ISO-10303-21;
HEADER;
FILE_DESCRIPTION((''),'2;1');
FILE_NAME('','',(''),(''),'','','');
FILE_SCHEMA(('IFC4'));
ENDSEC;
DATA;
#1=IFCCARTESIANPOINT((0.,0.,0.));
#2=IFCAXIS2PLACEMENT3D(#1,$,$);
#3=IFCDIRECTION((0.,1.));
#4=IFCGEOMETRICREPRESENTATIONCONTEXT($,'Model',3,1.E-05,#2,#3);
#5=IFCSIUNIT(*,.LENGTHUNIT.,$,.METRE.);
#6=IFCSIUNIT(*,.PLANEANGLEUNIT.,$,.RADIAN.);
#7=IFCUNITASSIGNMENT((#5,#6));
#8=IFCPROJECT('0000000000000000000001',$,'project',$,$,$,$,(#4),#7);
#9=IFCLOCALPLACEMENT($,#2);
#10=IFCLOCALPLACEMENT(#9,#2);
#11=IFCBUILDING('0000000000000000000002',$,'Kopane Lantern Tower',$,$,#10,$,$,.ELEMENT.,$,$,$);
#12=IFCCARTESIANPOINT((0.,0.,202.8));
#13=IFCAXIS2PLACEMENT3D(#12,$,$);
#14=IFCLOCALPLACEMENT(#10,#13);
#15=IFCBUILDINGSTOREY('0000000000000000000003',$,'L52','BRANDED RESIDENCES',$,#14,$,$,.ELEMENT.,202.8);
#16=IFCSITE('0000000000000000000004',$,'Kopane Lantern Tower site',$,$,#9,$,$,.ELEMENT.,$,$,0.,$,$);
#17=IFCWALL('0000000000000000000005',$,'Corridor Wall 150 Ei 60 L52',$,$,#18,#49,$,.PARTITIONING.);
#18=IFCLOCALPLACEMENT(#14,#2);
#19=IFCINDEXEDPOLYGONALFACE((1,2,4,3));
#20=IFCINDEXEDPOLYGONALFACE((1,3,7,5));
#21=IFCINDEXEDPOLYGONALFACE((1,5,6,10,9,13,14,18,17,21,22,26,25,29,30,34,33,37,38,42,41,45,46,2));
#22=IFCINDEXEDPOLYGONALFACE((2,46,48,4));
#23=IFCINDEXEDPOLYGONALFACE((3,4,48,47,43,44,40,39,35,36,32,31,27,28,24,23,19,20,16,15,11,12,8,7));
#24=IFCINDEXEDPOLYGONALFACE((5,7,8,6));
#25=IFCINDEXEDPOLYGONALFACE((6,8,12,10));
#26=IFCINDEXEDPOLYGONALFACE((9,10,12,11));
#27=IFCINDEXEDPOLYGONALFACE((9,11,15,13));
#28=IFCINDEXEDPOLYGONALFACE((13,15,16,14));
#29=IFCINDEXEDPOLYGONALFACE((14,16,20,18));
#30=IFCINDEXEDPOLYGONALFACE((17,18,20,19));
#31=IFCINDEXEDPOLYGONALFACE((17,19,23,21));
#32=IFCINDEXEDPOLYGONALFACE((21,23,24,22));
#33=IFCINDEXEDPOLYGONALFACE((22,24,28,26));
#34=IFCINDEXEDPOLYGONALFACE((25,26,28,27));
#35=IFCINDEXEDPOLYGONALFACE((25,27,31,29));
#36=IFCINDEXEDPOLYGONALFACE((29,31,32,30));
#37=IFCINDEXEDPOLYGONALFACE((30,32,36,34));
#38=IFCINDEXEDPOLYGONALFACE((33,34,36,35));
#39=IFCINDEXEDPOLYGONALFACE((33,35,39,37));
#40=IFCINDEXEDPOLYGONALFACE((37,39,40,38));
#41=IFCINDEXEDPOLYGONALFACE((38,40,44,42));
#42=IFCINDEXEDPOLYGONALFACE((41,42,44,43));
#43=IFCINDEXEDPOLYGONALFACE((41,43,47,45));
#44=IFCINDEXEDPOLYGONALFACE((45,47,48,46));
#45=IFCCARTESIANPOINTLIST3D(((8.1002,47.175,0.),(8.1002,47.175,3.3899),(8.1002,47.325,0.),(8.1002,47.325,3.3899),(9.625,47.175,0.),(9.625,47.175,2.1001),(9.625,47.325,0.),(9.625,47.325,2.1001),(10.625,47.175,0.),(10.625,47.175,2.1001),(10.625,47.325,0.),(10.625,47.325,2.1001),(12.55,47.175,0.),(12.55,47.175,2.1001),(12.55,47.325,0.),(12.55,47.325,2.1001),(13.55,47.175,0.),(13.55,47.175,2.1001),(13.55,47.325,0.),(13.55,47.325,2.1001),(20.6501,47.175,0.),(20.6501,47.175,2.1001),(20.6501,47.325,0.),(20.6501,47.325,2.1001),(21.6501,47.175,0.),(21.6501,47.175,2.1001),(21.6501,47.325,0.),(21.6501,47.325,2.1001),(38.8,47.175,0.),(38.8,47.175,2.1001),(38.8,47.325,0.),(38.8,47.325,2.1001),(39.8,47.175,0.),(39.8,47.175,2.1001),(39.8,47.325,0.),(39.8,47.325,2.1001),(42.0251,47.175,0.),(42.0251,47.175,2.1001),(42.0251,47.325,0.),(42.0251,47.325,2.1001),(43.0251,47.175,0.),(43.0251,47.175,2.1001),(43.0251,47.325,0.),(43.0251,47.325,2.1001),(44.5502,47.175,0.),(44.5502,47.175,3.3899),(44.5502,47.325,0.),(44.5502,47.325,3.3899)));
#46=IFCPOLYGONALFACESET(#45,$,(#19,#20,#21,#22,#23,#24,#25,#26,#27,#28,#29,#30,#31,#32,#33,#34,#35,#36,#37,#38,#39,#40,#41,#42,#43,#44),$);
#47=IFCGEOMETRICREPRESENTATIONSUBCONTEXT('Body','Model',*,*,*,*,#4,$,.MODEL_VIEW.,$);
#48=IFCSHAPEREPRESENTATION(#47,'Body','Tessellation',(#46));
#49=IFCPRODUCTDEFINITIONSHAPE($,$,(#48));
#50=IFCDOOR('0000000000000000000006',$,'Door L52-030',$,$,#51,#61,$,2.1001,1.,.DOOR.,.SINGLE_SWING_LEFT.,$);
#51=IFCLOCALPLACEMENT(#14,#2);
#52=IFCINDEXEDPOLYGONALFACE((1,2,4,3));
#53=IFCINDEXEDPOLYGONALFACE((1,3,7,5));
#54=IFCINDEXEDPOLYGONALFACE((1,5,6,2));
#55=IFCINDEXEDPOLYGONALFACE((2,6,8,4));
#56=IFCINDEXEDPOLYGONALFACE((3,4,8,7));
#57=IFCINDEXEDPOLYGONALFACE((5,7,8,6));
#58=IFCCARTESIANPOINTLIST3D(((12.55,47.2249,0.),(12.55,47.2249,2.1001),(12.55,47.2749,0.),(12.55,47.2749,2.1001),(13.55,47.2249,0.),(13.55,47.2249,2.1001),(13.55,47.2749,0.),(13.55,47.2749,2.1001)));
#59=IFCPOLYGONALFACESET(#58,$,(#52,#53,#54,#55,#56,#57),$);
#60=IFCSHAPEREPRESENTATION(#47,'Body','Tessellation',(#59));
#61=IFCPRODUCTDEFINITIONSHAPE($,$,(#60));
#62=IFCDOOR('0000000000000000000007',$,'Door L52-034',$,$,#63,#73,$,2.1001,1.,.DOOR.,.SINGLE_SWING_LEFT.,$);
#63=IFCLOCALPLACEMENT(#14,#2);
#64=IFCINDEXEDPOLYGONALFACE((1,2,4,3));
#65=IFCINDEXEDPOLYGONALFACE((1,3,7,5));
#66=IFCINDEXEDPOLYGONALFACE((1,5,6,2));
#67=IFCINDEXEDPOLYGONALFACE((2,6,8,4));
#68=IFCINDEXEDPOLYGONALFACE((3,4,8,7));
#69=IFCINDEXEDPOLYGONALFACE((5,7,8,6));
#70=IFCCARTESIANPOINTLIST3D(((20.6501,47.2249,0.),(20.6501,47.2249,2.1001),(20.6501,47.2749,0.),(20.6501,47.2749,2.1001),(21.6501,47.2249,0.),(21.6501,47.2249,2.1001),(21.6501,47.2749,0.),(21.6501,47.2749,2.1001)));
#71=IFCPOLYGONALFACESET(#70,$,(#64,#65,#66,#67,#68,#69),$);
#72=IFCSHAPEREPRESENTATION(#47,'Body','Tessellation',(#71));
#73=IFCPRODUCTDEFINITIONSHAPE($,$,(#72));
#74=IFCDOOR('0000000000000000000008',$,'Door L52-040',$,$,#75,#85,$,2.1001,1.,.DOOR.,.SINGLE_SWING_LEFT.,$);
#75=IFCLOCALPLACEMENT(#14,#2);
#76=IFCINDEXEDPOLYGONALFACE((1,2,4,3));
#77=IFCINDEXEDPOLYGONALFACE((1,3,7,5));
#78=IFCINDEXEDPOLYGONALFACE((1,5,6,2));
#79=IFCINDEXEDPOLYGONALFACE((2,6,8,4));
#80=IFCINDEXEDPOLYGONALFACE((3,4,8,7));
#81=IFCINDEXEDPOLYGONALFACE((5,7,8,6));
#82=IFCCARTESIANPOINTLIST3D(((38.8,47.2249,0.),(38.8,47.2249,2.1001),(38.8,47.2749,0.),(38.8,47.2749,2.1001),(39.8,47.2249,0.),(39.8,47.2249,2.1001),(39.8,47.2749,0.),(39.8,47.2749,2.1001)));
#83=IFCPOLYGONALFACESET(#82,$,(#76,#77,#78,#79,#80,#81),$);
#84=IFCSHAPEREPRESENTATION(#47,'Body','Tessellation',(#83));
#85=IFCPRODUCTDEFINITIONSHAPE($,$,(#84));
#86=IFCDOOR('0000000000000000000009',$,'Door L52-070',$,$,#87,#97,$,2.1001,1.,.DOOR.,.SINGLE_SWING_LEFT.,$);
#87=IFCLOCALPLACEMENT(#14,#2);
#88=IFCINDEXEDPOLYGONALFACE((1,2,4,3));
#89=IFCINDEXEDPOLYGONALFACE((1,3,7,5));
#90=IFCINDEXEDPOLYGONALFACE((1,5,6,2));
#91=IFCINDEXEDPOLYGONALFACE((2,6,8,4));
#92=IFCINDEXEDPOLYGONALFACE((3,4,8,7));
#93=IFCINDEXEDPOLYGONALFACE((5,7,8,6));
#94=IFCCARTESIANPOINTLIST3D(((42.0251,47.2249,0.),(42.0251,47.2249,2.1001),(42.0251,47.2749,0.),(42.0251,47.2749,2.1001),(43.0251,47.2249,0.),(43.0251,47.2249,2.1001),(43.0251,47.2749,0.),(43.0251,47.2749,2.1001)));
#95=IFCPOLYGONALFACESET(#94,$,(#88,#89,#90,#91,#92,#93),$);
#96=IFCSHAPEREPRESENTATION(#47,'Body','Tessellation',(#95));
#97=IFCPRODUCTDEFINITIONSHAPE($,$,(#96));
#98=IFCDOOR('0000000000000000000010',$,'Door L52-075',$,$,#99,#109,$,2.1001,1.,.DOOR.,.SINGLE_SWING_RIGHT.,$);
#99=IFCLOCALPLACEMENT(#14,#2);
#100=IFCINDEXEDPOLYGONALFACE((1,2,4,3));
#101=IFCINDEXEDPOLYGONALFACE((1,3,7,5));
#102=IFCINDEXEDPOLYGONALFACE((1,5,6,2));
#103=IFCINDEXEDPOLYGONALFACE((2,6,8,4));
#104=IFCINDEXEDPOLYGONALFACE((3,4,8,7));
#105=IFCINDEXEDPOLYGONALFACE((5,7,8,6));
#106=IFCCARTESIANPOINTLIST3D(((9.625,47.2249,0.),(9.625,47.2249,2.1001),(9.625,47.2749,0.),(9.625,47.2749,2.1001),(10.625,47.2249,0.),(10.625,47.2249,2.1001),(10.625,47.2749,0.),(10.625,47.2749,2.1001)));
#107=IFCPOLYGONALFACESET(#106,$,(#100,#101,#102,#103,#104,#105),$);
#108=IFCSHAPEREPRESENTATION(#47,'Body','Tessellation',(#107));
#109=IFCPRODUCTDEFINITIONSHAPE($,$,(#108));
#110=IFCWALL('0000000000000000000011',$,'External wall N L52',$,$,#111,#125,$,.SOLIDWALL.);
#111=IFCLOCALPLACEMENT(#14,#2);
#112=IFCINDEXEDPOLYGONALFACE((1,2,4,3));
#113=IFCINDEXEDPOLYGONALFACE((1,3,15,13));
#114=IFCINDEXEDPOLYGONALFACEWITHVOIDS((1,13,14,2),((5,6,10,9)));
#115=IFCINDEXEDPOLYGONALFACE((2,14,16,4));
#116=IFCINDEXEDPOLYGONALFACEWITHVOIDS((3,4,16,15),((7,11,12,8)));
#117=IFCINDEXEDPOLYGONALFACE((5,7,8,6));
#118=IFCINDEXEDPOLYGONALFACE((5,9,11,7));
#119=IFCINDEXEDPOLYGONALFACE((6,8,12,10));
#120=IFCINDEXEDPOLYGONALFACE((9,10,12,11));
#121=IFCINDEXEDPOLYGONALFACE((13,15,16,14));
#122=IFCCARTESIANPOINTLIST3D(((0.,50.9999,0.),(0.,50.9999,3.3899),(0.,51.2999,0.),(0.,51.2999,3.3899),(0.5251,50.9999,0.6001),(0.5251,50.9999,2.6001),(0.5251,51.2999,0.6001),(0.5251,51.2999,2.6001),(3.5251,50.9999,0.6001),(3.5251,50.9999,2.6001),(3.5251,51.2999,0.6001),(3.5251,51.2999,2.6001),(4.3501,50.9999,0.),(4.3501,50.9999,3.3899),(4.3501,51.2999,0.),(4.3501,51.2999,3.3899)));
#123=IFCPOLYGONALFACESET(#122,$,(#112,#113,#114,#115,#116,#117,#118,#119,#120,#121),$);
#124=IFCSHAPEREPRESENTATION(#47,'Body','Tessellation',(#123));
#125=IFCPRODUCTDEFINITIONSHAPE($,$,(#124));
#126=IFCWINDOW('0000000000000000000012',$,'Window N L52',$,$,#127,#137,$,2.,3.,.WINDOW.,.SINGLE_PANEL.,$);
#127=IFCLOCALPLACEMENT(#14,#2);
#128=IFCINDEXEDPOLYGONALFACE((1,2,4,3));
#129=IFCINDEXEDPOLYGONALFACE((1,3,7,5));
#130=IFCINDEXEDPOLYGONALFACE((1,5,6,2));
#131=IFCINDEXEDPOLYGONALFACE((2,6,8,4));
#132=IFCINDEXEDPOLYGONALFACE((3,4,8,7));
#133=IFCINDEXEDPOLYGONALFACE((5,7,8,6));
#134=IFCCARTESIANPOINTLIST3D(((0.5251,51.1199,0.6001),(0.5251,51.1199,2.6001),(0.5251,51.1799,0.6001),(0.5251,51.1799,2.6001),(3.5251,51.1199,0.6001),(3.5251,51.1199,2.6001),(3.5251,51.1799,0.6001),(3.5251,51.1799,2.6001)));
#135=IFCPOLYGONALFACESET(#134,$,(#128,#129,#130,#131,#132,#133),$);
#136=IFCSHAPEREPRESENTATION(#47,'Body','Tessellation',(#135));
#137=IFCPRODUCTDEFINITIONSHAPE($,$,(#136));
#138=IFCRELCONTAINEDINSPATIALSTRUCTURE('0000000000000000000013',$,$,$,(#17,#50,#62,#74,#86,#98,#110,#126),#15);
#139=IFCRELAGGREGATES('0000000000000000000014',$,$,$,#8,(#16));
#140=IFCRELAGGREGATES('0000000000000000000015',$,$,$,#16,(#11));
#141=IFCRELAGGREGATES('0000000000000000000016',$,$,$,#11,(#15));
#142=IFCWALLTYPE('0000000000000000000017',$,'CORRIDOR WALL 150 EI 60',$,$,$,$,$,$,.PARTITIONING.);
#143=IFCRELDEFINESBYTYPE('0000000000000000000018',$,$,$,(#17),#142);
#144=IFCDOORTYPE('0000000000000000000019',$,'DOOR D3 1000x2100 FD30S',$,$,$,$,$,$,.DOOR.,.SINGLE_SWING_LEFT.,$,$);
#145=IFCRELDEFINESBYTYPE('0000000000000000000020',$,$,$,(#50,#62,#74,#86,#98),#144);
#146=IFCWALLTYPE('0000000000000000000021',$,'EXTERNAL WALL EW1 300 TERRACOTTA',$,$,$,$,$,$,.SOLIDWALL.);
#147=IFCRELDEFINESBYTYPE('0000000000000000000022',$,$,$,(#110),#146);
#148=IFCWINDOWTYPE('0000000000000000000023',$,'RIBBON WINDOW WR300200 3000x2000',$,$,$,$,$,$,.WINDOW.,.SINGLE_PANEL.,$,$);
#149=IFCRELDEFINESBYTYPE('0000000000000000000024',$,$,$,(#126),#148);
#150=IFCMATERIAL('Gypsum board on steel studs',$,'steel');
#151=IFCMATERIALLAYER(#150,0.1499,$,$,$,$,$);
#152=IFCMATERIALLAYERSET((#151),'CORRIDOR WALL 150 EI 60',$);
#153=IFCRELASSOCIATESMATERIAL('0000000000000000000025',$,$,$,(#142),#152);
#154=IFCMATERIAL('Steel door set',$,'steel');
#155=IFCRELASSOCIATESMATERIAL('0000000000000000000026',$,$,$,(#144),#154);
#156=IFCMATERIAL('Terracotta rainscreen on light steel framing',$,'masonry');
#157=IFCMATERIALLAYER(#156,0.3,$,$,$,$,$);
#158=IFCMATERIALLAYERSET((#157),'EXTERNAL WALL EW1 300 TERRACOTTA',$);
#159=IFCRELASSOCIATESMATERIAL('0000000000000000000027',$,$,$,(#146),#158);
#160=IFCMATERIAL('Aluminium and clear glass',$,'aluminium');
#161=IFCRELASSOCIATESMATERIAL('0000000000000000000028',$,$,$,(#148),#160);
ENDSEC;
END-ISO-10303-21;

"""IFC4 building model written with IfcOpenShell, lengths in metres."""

from ifc_helpers import new_model, si_unit, direction, frame, frame_2d, origin, place, context, subcontext, project, spatial, rectangle, extrude, material, layer, layer_set, type_object, element, fill, save


model = new_model("IFC4")

# Units and contexts
model_context = context("Model", 3, precision=1e-05, world=origin(), true_north=direction((0.0, 1.0)))
body_context = subcontext(model_context, "Body", "Model", "MODEL_VIEW")
ifc_project = project(units=[si_unit("LENGTHUNIT", "METRE"), si_unit("PLANEANGLEUNIT", "RADIAN")], contexts=[model_context])

# Site, building, storey
site_placement = place(None, origin())
site = spatial("IfcSite", under=ifc_project, at=site_placement, Name="Kopane Lantern Tower site", CompositionType="ELEMENT", RefElevation=0.0)
building_placement = place(site_placement, origin())
building = spatial("IfcBuilding", under=site, at=building_placement, Name="Kopane Lantern Tower", CompositionType="ELEMENT")
storey_placement = place(building_placement, frame((0.0, 0.0, 202.8)))
storey = spatial("IfcBuildingStorey", under=building, at=storey_placement, Name="L52", Description="BRANDED RESIDENCES", CompositionType="ELEMENT", Elevation=202.8)

# Wall, openings, doors
ifc_material_1 = material(Name="Gypsum board on steel studs", Category="steel")
ifc_layer_1 = layer(ifc_material_1, 0.1499)
ifc_layer_set_1 = layer_set([ifc_layer_1], Name="CORRIDOR WALL 150 EI 60")
wall_type_1 = type_object("IfcWallType", Name="CORRIDOR WALL 150 EI 60", PredefinedType="PARTITIONING", material=ifc_layer_set_1)
wall_1_placement = place(storey_placement, frame((8.1001, 47.25, 0.0), z_axis=(0.0, 0.0, 1.0), x_axis=(1.0, 0.0, 0.0)))
wall_1 = element("IfcWall", 1, at=wall_1_placement, inside=storey, type_object=wall_type_1, Name="Corridor Wall 150 Ei 60 L52", PredefinedType="PARTITIONING", context=body_context, shape_type="SweptSolid", body=[
    extrude(rectangle(XDim=36.45, YDim=0.1499, at=frame_2d((18.2251, 0.0))), origin(), (0.0, 0.0, 1.0), 3.3899),
])
opening_1_placement = place(wall_1_placement, frame((4.45, 0.0, 0.0)))
opening_1 = element("IfcOpeningElement", 2, at=opening_1_placement, cuts=wall_1, PredefinedType="OPENING", context=body_context, shape_type="SweptSolid", body=[
    extrude(rectangle(XDim=1.0, YDim=2.1001, at=frame_2d((0.5, 1.05))), frame((0.0, 0.085, 0.0), z_axis=(0.0, -1.0, 0.0), x_axis=(1.0, 0.0, 0.0)), (0.0, 0.0, 1.0), 0.1699),
])
opening_2_placement = place(wall_1_placement, frame((12.55, 0.0, 0.0)))
opening_2 = element("IfcOpeningElement", 3, at=opening_2_placement, cuts=wall_1, PredefinedType="OPENING", context=body_context, shape_type="SweptSolid", body=[
    extrude(rectangle(XDim=1.0, YDim=2.1001, at=frame_2d((0.5, 1.05))), frame((0.0, 0.085, 0.0), z_axis=(0.0, -1.0, 0.0), x_axis=(1.0, 0.0, 0.0)), (0.0, 0.0, 1.0), 0.1699),
])
opening_3_placement = place(wall_1_placement, frame((30.7, 0.0, 0.0)))
opening_3 = element("IfcOpeningElement", 4, at=opening_3_placement, cuts=wall_1, PredefinedType="OPENING", context=body_context, shape_type="SweptSolid", body=[
    extrude(rectangle(XDim=1.0, YDim=2.1001, at=frame_2d((0.5, 1.05))), frame((0.0, 0.085, 0.0), z_axis=(0.0, -1.0, 0.0), x_axis=(1.0, 0.0, 0.0)), (0.0, 0.0, 1.0), 0.1699),
])
opening_4_placement = place(wall_1_placement, frame((33.925, 0.0, 0.0)))
opening_4 = element("IfcOpeningElement", 5, at=opening_4_placement, cuts=wall_1, PredefinedType="OPENING", context=body_context, shape_type="SweptSolid", body=[
    extrude(rectangle(XDim=1.0, YDim=2.1001, at=frame_2d((0.5, 1.05))), frame((0.0, 0.085, 0.0), z_axis=(0.0, -1.0, 0.0), x_axis=(1.0, 0.0, 0.0)), (0.0, 0.0, 1.0), 0.1699),
])
opening_5_placement = place(wall_1_placement, frame((1.5249, 0.0, 0.0)))
opening_5 = element("IfcOpeningElement", 6, at=opening_5_placement, cuts=wall_1, PredefinedType="OPENING", context=body_context, shape_type="SweptSolid", body=[
    extrude(rectangle(XDim=1.0, YDim=2.1001, at=frame_2d((0.5, 1.05))), frame((0.0, 0.085, 0.0), z_axis=(0.0, -1.0, 0.0), x_axis=(1.0, 0.0, 0.0)), (0.0, 0.0, 1.0), 0.1699),
])
ifc_material_2 = material(Name="Steel door set", Category="steel")
door_type_1 = type_object("IfcDoorType", Name="DOOR D3 1000x2100 FD30S", OperationType="SINGLE_SWING_LEFT", PredefinedType="DOOR", material=ifc_material_2)
door_1_placement = place(opening_1_placement, origin())
door_1 = element("IfcDoor", 7, at=door_1_placement, inside=storey, type_object=door_type_1, Name="Door L52-030", OperationType="SINGLE_SWING_LEFT", OverallHeight=2.1001, OverallWidth=1.0, PredefinedType="DOOR", context=body_context, shape_type="SweptSolid", body=[
    extrude(rectangle(XDim=1.0, YDim=2.1001, at=frame_2d((0.5, 1.05))), frame((0.0, 0.0249, 0.0), z_axis=(0.0, -1.0, 0.0), x_axis=(1.0, 0.0, 0.0)), (0.0, 0.0, 1.0), 0.05),
])
fill(opening_1, door_1)
door_2_placement = place(opening_2_placement, origin())
door_2 = element("IfcDoor", 8, at=door_2_placement, inside=storey, type_object=door_type_1, Name="Door L52-034", OperationType="SINGLE_SWING_LEFT", OverallHeight=2.1001, OverallWidth=1.0, PredefinedType="DOOR", context=body_context, shape_type="SweptSolid", body=[
    extrude(rectangle(XDim=1.0, YDim=2.1001, at=frame_2d((0.5, 1.05))), frame((0.0, 0.0249, 0.0), z_axis=(0.0, -1.0, 0.0), x_axis=(1.0, 0.0, 0.0)), (0.0, 0.0, 1.0), 0.05),
])
fill(opening_2, door_2)
door_3_placement = place(opening_3_placement, origin())
door_3 = element("IfcDoor", 9, at=door_3_placement, inside=storey, type_object=door_type_1, Name="Door L52-040", OperationType="SINGLE_SWING_LEFT", OverallHeight=2.1001, OverallWidth=1.0, PredefinedType="DOOR", context=body_context, shape_type="SweptSolid", body=[
    extrude(rectangle(XDim=1.0, YDim=2.1001, at=frame_2d((0.5, 1.05))), frame((0.0, 0.0249, 0.0), z_axis=(0.0, -1.0, 0.0), x_axis=(1.0, 0.0, 0.0)), (0.0, 0.0, 1.0), 0.05),
])
fill(opening_3, door_3)
door_4_placement = place(opening_4_placement, origin())
door_4 = element("IfcDoor", 10, at=door_4_placement, inside=storey, type_object=door_type_1, Name="Door L52-070", OperationType="SINGLE_SWING_LEFT", OverallHeight=2.1001, OverallWidth=1.0, PredefinedType="DOOR", context=body_context, shape_type="SweptSolid", body=[
    extrude(rectangle(XDim=1.0, YDim=2.1001, at=frame_2d((0.5, 1.05))), frame((0.0, 0.0249, 0.0), z_axis=(0.0, -1.0, 0.0), x_axis=(1.0, 0.0, 0.0)), (0.0, 0.0, 1.0), 0.05),
])
fill(opening_4, door_4)
door_5_placement = place(opening_5_placement, origin())
door_5 = element("IfcDoor", 11, at=door_5_placement, inside=storey, type_object=door_type_1, Name="Door L52-075", OperationType="SINGLE_SWING_RIGHT", OverallHeight=2.1001, OverallWidth=1.0, PredefinedType="DOOR", context=body_context, shape_type="SweptSolid", body=[
    extrude(rectangle(XDim=1.0, YDim=2.1001, at=frame_2d((0.5, 1.05))), frame((0.0, 0.0249, 0.0), z_axis=(0.0, -1.0, 0.0), x_axis=(1.0, 0.0, 0.0)), (0.0, 0.0, 1.0), 0.05),
])
fill(opening_5, door_5)

# Wall, opening, window
ifc_material_3 = material(Name="Terracotta rainscreen on light steel framing", Category="masonry")
ifc_layer_2 = layer(ifc_material_3, 0.3)
ifc_layer_set_2 = layer_set([ifc_layer_2], Name="EXTERNAL WALL EW1 300 TERRACOTTA")
wall_type_2 = type_object("IfcWallType", Name="EXTERNAL WALL EW1 300 TERRACOTTA", PredefinedType="SOLIDWALL", material=ifc_layer_set_2)
wall_2_placement = place(storey_placement, frame((4.3501, 51.1499, 0.0), z_axis=(0.0, 0.0, 1.0), x_axis=(-1.0, 0.0, 0.0)))
wall_2 = element("IfcWall", 12, at=wall_2_placement, inside=storey, type_object=wall_type_2, Name="External wall N L52", PredefinedType="SOLIDWALL", context=body_context, shape_type="SweptSolid", body=[
    extrude(rectangle(XDim=4.3501, YDim=0.3, at=frame_2d((2.175, 0.0))), origin(), (0.0, 0.0, 1.0), 3.3899),
])
opening_6_placement = place(wall_2_placement, frame((0.825, 0.0, 0.6001)))
opening_6 = element("IfcOpeningElement", 13, at=opening_6_placement, cuts=wall_2, PredefinedType="OPENING", context=body_context, shape_type="SweptSolid", body=[
    extrude(rectangle(XDim=3.0, YDim=2.0, at=frame_2d((1.5, 1.0))), frame((0.0, 0.1599, 0.0), z_axis=(0.0, -1.0, 0.0), x_axis=(1.0, 0.0, 0.0)), (0.0, 0.0, 1.0), 0.3201),
])
ifc_material_4 = material(Name="Aluminium and clear glass", Category="aluminium")
window_type = type_object("IfcWindowType", Name="RIBBON WINDOW WR300200 3000x2000", PartitioningType="SINGLE_PANEL", PredefinedType="WINDOW", material=ifc_material_4)
window_placement = place(opening_6_placement, origin())
window = element("IfcWindow", 14, at=window_placement, inside=storey, type_object=window_type, Name="Window N L52", OverallHeight=2.0, OverallWidth=3.0, PartitioningType="SINGLE_PANEL", PredefinedType="WINDOW", context=body_context, shape_type="SweptSolid", body=[
    extrude(rectangle(XDim=3.0, YDim=2.0, at=frame_2d((1.5, 1.0))), frame((0.0, 0.03, 0.0), z_axis=(0.0, -1.0, 0.0), x_axis=(1.0, 0.0, 0.0)), (0.0, 0.0, 1.0), 0.0601),
])
fill(opening_6, window)

save(model, "model.ifc")
